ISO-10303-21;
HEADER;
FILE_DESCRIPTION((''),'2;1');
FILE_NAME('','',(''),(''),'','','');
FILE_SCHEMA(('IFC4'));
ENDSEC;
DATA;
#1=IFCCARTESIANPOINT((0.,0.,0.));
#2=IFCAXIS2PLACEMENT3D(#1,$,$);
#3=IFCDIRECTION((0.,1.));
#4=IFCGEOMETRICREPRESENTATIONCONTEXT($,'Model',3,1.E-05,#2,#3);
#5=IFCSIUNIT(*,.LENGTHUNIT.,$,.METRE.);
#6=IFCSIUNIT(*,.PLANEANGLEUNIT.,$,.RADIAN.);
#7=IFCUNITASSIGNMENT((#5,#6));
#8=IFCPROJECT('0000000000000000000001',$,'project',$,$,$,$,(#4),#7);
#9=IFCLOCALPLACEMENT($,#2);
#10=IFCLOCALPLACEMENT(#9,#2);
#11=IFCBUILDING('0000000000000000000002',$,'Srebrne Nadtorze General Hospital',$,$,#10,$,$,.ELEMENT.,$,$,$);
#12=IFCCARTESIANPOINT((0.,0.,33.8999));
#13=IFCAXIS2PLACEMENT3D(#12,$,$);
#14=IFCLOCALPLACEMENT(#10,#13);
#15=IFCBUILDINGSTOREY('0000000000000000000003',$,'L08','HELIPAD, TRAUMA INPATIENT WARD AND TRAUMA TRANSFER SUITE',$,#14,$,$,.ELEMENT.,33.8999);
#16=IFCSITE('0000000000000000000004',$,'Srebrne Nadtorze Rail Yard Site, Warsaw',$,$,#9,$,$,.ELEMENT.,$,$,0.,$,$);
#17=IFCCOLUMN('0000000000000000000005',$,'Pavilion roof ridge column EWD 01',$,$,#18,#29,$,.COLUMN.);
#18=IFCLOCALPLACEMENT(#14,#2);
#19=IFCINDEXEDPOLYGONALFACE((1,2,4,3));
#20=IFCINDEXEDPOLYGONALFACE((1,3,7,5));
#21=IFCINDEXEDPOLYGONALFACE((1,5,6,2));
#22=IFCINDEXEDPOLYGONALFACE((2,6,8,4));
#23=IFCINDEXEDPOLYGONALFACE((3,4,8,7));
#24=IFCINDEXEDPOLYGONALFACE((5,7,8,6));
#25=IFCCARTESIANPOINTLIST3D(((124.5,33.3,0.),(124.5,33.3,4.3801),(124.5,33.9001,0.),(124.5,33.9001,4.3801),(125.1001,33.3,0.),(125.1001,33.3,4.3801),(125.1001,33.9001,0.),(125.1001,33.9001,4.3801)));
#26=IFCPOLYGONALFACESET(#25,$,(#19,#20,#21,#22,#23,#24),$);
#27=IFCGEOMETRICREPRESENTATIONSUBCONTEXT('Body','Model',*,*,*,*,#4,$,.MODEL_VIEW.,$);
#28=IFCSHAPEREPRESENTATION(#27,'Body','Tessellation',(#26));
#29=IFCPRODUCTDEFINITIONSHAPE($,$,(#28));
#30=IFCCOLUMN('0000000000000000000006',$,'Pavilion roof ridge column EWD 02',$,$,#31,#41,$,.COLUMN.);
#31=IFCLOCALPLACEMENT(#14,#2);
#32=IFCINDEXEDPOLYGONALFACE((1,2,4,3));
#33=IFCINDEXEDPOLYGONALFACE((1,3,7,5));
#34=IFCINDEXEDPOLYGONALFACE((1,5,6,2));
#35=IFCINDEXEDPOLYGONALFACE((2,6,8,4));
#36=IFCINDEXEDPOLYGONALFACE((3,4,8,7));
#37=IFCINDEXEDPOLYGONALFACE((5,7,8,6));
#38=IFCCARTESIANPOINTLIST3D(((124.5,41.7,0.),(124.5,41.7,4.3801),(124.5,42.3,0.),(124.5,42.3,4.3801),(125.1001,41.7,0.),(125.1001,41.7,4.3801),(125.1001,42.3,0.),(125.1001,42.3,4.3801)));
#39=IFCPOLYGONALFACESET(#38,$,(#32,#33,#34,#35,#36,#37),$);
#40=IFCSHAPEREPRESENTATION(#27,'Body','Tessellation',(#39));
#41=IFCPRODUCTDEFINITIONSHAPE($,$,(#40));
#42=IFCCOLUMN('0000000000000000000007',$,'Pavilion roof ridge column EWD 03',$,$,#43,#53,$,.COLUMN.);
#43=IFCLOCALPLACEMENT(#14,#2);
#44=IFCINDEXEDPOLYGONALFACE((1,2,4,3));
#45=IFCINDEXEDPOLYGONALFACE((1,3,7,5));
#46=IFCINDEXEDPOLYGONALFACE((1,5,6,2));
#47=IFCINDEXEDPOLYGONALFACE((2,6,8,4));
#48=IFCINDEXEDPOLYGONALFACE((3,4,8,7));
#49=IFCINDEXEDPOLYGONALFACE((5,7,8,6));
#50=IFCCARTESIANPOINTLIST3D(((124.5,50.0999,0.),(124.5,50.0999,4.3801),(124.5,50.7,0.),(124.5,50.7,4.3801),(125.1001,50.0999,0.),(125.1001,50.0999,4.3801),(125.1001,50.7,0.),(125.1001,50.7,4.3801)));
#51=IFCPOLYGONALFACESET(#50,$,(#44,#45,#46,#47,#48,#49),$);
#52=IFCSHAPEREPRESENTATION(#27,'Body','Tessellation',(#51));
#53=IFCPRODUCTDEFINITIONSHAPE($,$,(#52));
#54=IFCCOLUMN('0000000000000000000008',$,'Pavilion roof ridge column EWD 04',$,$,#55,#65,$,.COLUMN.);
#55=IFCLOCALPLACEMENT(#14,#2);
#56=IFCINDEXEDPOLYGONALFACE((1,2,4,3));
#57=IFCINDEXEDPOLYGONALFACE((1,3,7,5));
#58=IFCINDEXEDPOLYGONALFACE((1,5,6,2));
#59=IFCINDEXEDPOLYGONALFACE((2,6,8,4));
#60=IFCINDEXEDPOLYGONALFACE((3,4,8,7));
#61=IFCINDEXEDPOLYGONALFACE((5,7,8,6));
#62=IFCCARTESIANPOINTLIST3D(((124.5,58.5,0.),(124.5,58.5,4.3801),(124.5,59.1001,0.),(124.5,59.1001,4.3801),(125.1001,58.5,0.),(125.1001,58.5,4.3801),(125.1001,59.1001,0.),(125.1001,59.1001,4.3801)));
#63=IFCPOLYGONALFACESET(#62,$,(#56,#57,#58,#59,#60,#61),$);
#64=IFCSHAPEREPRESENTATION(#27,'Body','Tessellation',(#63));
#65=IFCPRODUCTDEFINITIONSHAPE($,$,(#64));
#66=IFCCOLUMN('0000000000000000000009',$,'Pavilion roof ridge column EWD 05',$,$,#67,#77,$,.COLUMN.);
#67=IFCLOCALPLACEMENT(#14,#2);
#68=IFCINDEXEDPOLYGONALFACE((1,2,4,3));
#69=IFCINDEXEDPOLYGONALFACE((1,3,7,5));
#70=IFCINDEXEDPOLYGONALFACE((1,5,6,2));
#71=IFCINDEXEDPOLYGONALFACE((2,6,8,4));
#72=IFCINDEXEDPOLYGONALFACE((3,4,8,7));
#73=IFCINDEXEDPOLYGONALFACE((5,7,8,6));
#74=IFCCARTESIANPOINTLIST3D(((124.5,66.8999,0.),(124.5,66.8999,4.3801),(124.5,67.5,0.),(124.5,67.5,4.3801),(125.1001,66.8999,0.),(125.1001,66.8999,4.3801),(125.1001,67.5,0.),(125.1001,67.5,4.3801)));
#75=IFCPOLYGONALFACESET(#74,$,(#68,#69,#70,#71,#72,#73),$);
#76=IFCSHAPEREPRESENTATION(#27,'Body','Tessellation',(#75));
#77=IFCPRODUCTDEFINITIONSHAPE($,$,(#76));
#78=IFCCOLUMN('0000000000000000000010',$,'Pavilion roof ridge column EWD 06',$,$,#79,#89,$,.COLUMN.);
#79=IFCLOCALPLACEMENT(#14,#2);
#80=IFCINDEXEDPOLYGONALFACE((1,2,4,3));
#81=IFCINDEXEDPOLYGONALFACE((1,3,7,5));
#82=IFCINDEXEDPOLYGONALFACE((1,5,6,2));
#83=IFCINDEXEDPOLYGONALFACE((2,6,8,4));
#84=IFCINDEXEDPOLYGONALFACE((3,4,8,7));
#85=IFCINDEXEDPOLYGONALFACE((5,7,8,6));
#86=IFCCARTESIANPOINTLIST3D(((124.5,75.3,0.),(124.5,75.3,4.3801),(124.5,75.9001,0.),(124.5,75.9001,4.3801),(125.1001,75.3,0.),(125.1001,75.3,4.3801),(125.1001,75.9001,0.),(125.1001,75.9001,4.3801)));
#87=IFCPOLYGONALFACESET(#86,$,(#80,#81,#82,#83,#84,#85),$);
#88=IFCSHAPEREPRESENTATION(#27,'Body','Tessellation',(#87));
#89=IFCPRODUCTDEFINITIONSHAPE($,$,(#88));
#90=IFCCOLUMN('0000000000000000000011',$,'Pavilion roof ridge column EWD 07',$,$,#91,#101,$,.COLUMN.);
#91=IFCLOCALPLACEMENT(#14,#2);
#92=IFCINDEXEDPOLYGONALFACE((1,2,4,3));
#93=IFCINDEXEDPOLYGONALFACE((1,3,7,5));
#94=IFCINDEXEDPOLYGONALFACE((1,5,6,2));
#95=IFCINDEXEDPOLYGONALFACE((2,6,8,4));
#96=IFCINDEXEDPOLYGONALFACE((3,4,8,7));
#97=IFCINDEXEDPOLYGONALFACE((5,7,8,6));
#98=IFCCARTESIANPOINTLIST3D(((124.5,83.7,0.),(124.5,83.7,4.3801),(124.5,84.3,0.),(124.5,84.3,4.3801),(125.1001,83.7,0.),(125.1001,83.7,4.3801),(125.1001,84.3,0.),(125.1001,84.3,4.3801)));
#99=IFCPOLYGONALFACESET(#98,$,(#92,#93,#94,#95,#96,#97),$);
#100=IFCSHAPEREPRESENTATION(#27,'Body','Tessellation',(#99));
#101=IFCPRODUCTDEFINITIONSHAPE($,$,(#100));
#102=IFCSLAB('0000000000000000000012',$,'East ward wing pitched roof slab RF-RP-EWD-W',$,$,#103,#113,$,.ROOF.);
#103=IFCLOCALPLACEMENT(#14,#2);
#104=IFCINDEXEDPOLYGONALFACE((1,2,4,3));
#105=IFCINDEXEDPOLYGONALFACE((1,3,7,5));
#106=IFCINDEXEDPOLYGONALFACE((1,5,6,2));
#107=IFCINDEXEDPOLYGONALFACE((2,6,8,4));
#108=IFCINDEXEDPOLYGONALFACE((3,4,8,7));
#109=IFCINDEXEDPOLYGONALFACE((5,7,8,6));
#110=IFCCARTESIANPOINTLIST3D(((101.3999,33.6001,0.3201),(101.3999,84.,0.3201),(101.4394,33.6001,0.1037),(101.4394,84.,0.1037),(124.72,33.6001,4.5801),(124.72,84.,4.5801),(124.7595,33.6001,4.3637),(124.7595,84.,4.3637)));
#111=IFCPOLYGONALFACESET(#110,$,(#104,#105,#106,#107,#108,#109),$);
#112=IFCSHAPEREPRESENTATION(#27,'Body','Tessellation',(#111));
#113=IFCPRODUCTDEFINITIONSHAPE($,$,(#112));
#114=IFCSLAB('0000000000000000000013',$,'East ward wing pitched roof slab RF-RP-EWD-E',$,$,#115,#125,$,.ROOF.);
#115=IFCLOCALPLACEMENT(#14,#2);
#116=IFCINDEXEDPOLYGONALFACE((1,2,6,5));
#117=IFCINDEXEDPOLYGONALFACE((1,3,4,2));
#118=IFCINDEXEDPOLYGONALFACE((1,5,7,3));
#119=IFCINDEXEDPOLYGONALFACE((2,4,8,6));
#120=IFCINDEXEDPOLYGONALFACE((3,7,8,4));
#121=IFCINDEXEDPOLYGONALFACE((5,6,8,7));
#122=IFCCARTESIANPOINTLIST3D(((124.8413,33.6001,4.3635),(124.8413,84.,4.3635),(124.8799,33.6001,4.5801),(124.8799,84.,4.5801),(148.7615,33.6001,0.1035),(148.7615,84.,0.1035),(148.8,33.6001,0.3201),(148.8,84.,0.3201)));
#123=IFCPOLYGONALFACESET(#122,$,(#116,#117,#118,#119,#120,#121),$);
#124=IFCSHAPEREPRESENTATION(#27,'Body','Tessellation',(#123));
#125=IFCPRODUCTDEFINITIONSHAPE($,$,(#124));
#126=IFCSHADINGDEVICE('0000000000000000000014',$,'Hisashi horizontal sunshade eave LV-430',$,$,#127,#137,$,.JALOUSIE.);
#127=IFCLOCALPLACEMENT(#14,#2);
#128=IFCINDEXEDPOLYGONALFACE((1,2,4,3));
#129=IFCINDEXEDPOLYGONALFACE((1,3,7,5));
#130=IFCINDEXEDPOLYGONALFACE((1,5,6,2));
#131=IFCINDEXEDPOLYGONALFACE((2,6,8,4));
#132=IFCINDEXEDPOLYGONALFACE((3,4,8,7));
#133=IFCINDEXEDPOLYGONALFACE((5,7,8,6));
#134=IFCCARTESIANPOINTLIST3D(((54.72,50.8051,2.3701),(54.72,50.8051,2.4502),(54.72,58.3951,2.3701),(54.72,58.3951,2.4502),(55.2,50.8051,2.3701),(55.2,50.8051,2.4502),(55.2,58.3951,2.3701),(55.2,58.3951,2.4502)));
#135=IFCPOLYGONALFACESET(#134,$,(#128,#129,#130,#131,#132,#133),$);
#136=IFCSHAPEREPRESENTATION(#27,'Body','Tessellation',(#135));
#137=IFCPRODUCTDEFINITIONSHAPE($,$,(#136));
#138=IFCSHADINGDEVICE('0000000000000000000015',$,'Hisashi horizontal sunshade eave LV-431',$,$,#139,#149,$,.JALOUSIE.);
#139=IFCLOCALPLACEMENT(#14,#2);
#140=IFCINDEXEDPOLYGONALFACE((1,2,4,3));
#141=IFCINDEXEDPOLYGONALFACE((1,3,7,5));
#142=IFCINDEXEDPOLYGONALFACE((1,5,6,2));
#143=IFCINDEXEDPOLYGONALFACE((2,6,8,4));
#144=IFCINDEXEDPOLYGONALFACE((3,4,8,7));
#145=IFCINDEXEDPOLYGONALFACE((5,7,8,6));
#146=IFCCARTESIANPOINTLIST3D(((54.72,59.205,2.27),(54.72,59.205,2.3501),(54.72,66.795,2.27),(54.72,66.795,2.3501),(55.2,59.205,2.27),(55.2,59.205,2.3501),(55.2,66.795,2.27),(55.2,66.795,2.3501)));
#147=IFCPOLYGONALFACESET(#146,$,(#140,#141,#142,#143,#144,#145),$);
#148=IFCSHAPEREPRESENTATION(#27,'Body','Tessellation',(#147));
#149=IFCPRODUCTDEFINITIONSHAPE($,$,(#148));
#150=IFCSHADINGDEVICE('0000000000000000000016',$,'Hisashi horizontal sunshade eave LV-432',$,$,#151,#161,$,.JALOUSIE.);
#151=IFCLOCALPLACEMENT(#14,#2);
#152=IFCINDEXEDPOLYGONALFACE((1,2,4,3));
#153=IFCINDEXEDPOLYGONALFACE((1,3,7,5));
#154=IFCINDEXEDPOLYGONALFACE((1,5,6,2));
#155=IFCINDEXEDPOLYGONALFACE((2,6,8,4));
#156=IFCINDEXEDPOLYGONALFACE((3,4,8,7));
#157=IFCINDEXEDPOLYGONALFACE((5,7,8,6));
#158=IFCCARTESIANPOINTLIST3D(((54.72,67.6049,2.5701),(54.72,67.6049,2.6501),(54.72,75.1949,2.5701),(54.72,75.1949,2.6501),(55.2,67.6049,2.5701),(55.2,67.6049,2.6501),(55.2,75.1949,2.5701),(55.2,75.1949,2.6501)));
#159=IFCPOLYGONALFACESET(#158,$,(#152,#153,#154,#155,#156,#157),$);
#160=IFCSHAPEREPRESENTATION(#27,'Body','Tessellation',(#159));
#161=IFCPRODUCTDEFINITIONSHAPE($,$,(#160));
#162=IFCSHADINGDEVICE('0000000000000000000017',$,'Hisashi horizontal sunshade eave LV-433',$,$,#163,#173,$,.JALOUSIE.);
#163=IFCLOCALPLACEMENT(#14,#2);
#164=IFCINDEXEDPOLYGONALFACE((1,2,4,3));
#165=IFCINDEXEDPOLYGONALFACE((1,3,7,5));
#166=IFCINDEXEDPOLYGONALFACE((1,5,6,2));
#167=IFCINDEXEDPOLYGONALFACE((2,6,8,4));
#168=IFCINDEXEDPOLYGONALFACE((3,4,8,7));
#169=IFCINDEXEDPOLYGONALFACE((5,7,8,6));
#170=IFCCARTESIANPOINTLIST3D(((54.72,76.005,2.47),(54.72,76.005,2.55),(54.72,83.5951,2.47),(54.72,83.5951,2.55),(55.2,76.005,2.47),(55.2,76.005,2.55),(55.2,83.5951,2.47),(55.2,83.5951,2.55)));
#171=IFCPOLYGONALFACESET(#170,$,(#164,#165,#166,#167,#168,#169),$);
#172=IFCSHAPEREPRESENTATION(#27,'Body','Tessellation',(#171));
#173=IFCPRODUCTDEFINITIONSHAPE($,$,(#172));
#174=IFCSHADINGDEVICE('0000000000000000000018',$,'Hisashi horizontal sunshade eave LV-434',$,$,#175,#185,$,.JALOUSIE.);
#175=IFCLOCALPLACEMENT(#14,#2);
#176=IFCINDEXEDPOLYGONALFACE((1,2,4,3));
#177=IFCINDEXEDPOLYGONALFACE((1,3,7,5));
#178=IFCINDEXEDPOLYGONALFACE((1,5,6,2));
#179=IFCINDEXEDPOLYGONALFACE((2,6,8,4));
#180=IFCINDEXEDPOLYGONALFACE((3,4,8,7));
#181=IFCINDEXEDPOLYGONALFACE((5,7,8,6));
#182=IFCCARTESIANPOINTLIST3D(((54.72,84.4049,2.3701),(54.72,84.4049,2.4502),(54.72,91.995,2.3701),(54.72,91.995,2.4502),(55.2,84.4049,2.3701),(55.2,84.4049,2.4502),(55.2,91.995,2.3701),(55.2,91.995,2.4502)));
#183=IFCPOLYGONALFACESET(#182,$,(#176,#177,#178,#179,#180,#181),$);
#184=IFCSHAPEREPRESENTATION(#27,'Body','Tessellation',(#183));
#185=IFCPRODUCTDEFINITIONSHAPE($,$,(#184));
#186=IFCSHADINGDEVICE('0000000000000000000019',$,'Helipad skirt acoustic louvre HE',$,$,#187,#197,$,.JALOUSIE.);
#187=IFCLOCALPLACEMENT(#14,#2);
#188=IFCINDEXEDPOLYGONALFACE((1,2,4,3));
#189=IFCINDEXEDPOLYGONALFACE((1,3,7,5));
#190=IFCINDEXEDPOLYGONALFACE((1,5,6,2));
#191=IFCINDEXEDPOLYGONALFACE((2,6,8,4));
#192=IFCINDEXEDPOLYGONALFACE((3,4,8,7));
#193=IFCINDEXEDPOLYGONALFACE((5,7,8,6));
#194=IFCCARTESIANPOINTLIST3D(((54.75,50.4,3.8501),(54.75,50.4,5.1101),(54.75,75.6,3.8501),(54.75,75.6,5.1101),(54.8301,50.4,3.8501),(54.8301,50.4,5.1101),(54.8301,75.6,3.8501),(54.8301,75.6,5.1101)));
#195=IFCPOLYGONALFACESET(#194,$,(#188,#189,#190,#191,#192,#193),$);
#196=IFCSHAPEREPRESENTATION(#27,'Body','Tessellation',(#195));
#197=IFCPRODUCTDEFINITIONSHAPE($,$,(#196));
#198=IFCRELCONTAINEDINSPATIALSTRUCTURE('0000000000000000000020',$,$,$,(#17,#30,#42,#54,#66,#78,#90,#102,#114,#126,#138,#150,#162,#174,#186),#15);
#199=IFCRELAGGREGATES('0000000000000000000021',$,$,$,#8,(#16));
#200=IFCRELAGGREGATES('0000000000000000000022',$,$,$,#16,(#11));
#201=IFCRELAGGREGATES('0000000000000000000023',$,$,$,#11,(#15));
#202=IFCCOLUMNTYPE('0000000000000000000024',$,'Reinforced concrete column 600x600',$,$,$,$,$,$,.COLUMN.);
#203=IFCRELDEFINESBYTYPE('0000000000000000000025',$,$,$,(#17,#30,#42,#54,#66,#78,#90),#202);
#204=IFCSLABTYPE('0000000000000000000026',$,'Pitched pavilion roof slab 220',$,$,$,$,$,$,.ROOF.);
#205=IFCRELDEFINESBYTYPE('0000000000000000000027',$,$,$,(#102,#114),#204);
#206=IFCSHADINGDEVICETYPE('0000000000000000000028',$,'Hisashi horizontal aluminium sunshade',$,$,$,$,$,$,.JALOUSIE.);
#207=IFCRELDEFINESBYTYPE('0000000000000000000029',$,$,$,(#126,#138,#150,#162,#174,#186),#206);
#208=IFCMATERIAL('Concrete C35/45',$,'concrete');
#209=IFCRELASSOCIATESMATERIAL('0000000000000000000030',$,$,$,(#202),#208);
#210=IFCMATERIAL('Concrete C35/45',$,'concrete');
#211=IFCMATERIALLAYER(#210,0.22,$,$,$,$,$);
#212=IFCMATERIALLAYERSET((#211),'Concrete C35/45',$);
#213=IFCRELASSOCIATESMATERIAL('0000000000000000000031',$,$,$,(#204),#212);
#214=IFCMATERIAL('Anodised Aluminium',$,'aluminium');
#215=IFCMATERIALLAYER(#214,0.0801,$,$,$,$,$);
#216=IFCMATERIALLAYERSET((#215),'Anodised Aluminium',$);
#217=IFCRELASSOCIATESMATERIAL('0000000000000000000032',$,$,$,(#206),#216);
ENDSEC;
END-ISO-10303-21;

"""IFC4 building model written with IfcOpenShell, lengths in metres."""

from ifc_helpers import new_model, si_unit, direction, frame, origin, origin_2d, place, context, subcontext, project, spatial, polyline, rectangle, outline, extrude, material, layer, layer_set, material_profile, profile_set, type_object, element, save


model = new_model("IFC4")

# Units and contexts
model_context = context("Model", 3, precision=1e-05, world=origin(), true_north=direction((0.0, 1.0)))
body_context = subcontext(model_context, "Body", "Model", "MODEL_VIEW")
ifc_project = project(units=[si_unit("LENGTHUNIT", "METRE"), si_unit("PLANEANGLEUNIT", "RADIAN")], contexts=[model_context])

# Site, building, storey
site_placement = place(None, origin())
site = spatial("IfcSite", under=ifc_project, at=site_placement, Name="Srebrne Nadtorze Rail Yard Site, Warsaw", CompositionType="ELEMENT", RefElevation=0.0)
building_placement = place(site_placement, origin())
building = spatial("IfcBuilding", under=site, at=building_placement, Name="Srebrne Nadtorze General Hospital", CompositionType="ELEMENT")
storey_placement = place(building_placement, frame((0.0, 0.0, 33.8999)))
storey = spatial("IfcBuildingStorey", under=building, at=storey_placement, Name="L08", Description="HELIPAD, TRAUMA INPATIENT WARD AND TRAUMA TRANSFER SUITE", CompositionType="ELEMENT", Elevation=33.8999)

# Columns
ifc_material_1 = material(Name="Concrete C35/45", Category="concrete")
ifc_material_profile = material_profile(ifc_material_1, rectangle(XDim=0.6001, YDim=0.6001, at=origin_2d()), Name="RC-COL-600x600")
ifc_profile_set = profile_set([ifc_material_profile], Name="Concrete C35/45")
column_type = type_object("IfcColumnType", Name="Reinforced concrete column 600x600", PredefinedType="COLUMN", material=ifc_profile_set)
for number, where, z_axis, x_axis, name in (
    (1, (124.8, 33.6001, 0.0), (0.0, 0.0, 1.0), (1.0, 0.0, 0.0), "Pavilion roof ridge column EWD 01"),
    (2, (124.8, 42.0, 0.0), (0.0, 0.0, 1.0), (1.0, 0.0, 0.0), "Pavilion roof ridge column EWD 02"),
    (3, (124.8, 50.3999, 0.0), (0.0, 0.0, 1.0), (1.0, 0.0, 0.0), "Pavilion roof ridge column EWD 03"),
    (4, (124.8, 58.8, 0.0), (0.0, 0.0, 1.0), (1.0, 0.0, 0.0), "Pavilion roof ridge column EWD 04"),
    (5, (124.8, 67.2, 0.0), (0.0, 0.0, 1.0), (1.0, 0.0, 0.0), "Pavilion roof ridge column EWD 05"),
    (6, (124.8, 75.6001, 0.0), (0.0, 0.0, 1.0), (1.0, 0.0, 0.0), "Pavilion roof ridge column EWD 06"),
    (7, (124.8, 84.0, 0.0), (0.0, 0.0, 1.0), (1.0, 0.0, 0.0), "Pavilion roof ridge column EWD 07"),
):
    element("IfcColumn", number, at=place(storey_placement, frame(where, z_axis=z_axis, x_axis=x_axis)), inside=storey, type_object=column_type, Name=name, PredefinedType="COLUMN", context=body_context, shape_type="SweptSolid", body=[
        extrude(rectangle(XDim=0.6001, YDim=0.6001, at=origin_2d()), origin(), (0.0, 0.0, 1.0), 4.3801),
    ])

# Slabs
ifc_material_2 = material(Name="Concrete C35/45", Category="concrete")
ifc_layer_1 = layer(ifc_material_2, 0.22)
ifc_layer_set_1 = layer_set([ifc_layer_1], Name="Concrete C35/45")
slab_type = type_object("IfcSlabType", Name="Pitched pavilion roof slab 220", PredefinedType="ROOF", material=ifc_layer_set_1)
slab_1_placement = place(storey_placement, frame((101.3999, 33.6001, 0.3201), z_axis=(-0.179702, 0.0, 0.983721), x_axis=(0.983721, 0.0, 0.179702)))
element("IfcSlab", 8, at=slab_1_placement, inside=storey, type_object=slab_type, Name="East ward wing pitched roof slab RF-RP-EWD-W", PredefinedType="ROOF", context=body_context, shape_type="SweptSolid", body=[
    extrude(outline(polyline([(0.0, 0.0), (23.706, 0.0), (23.706, 50.3999), (0.0, 50.3999), (0.0, 0.0)])), origin(), (0.0, 0.0, -1.0), 0.22),
])
slab_2_placement = place(storey_placement, frame((124.8799, 33.6001, 4.5801), z_axis=(0.175334, 0.0, 0.984509), x_axis=(0.984509, 0.0, -0.175334)))
element("IfcSlab", 9, at=slab_2_placement, inside=storey, type_object=slab_type, Name="East ward wing pitched roof slab RF-RP-EWD-E", PredefinedType="ROOF", context=body_context, shape_type="SweptSolid", body=[
    extrude(outline(polyline([(0.0, 0.0), (24.2965, 0.0), (24.2965, 50.3999), (0.0, 50.3999), (0.0, 0.0)])), origin(), (0.0, 0.0, -1.0), 0.22),
])

# Shading devices
ifc_material_3 = material(Name="Anodised Aluminium", Category="aluminium")
ifc_layer_2 = layer(ifc_material_3, 0.0801)
ifc_layer_set_2 = layer_set([ifc_layer_2], Name="Anodised Aluminium")
shading_device_type = type_object("IfcShadingDeviceType", Name="Hisashi horizontal aluminium sunshade", PredefinedType="JALOUSIE", material=ifc_layer_set_2)
for number, where, z_axis, x_axis, name in (
    (10, (54.96, 54.6001, 2.3701), (0.0, 0.0, 1.0), (1.0, 0.0, 0.0), "Hisashi horizontal sunshade eave LV-430"),
    (11, (54.96, 63.0, 2.27), (0.0, 0.0, 1.0), (1.0, 0.0, 0.0), "Hisashi horizontal sunshade eave LV-431"),
    (12, (54.96, 71.3999, 2.5701), (0.0, 0.0, 1.0), (1.0, 0.0, 0.0), "Hisashi horizontal sunshade eave LV-432"),
    (13, (54.96, 79.8, 2.47), (0.0, 0.0, 1.0), (1.0, 0.0, 0.0), "Hisashi horizontal sunshade eave LV-433"),
    (14, (54.96, 88.2, 2.3701), (0.0, 0.0, 1.0), (1.0, 0.0, 0.0), "Hisashi horizontal sunshade eave LV-434"),
):
    element("IfcShadingDevice", number, at=place(storey_placement, frame(where, z_axis=z_axis, x_axis=x_axis)), inside=storey, type_object=shading_device_type, Name=name, PredefinedType="JALOUSIE", context=body_context, shape_type="SweptSolid", body=[
        extrude(rectangle(XDim=0.48, YDim=7.5901, at=origin_2d()), origin(), (0.0, 0.0, 1.0), 0.0801),
    ])
shading_device_placement = place(storey_placement, frame((54.79, 63.0, 3.8501), z_axis=(0.0, 0.0, 1.0), x_axis=(1.0, 0.0, 0.0)))
element("IfcShadingDevice", 15, at=shading_device_placement, inside=storey, type_object=shading_device_type, Name="Helipad skirt acoustic louvre HE", PredefinedType="JALOUSIE", context=body_context, shape_type="SweptSolid", body=[
    extrude(rectangle(XDim=0.0801, YDim=25.2, at=origin_2d()), origin(), (0.0, 0.0, 1.0), 1.26),
])

save(model, "model.ifc")
